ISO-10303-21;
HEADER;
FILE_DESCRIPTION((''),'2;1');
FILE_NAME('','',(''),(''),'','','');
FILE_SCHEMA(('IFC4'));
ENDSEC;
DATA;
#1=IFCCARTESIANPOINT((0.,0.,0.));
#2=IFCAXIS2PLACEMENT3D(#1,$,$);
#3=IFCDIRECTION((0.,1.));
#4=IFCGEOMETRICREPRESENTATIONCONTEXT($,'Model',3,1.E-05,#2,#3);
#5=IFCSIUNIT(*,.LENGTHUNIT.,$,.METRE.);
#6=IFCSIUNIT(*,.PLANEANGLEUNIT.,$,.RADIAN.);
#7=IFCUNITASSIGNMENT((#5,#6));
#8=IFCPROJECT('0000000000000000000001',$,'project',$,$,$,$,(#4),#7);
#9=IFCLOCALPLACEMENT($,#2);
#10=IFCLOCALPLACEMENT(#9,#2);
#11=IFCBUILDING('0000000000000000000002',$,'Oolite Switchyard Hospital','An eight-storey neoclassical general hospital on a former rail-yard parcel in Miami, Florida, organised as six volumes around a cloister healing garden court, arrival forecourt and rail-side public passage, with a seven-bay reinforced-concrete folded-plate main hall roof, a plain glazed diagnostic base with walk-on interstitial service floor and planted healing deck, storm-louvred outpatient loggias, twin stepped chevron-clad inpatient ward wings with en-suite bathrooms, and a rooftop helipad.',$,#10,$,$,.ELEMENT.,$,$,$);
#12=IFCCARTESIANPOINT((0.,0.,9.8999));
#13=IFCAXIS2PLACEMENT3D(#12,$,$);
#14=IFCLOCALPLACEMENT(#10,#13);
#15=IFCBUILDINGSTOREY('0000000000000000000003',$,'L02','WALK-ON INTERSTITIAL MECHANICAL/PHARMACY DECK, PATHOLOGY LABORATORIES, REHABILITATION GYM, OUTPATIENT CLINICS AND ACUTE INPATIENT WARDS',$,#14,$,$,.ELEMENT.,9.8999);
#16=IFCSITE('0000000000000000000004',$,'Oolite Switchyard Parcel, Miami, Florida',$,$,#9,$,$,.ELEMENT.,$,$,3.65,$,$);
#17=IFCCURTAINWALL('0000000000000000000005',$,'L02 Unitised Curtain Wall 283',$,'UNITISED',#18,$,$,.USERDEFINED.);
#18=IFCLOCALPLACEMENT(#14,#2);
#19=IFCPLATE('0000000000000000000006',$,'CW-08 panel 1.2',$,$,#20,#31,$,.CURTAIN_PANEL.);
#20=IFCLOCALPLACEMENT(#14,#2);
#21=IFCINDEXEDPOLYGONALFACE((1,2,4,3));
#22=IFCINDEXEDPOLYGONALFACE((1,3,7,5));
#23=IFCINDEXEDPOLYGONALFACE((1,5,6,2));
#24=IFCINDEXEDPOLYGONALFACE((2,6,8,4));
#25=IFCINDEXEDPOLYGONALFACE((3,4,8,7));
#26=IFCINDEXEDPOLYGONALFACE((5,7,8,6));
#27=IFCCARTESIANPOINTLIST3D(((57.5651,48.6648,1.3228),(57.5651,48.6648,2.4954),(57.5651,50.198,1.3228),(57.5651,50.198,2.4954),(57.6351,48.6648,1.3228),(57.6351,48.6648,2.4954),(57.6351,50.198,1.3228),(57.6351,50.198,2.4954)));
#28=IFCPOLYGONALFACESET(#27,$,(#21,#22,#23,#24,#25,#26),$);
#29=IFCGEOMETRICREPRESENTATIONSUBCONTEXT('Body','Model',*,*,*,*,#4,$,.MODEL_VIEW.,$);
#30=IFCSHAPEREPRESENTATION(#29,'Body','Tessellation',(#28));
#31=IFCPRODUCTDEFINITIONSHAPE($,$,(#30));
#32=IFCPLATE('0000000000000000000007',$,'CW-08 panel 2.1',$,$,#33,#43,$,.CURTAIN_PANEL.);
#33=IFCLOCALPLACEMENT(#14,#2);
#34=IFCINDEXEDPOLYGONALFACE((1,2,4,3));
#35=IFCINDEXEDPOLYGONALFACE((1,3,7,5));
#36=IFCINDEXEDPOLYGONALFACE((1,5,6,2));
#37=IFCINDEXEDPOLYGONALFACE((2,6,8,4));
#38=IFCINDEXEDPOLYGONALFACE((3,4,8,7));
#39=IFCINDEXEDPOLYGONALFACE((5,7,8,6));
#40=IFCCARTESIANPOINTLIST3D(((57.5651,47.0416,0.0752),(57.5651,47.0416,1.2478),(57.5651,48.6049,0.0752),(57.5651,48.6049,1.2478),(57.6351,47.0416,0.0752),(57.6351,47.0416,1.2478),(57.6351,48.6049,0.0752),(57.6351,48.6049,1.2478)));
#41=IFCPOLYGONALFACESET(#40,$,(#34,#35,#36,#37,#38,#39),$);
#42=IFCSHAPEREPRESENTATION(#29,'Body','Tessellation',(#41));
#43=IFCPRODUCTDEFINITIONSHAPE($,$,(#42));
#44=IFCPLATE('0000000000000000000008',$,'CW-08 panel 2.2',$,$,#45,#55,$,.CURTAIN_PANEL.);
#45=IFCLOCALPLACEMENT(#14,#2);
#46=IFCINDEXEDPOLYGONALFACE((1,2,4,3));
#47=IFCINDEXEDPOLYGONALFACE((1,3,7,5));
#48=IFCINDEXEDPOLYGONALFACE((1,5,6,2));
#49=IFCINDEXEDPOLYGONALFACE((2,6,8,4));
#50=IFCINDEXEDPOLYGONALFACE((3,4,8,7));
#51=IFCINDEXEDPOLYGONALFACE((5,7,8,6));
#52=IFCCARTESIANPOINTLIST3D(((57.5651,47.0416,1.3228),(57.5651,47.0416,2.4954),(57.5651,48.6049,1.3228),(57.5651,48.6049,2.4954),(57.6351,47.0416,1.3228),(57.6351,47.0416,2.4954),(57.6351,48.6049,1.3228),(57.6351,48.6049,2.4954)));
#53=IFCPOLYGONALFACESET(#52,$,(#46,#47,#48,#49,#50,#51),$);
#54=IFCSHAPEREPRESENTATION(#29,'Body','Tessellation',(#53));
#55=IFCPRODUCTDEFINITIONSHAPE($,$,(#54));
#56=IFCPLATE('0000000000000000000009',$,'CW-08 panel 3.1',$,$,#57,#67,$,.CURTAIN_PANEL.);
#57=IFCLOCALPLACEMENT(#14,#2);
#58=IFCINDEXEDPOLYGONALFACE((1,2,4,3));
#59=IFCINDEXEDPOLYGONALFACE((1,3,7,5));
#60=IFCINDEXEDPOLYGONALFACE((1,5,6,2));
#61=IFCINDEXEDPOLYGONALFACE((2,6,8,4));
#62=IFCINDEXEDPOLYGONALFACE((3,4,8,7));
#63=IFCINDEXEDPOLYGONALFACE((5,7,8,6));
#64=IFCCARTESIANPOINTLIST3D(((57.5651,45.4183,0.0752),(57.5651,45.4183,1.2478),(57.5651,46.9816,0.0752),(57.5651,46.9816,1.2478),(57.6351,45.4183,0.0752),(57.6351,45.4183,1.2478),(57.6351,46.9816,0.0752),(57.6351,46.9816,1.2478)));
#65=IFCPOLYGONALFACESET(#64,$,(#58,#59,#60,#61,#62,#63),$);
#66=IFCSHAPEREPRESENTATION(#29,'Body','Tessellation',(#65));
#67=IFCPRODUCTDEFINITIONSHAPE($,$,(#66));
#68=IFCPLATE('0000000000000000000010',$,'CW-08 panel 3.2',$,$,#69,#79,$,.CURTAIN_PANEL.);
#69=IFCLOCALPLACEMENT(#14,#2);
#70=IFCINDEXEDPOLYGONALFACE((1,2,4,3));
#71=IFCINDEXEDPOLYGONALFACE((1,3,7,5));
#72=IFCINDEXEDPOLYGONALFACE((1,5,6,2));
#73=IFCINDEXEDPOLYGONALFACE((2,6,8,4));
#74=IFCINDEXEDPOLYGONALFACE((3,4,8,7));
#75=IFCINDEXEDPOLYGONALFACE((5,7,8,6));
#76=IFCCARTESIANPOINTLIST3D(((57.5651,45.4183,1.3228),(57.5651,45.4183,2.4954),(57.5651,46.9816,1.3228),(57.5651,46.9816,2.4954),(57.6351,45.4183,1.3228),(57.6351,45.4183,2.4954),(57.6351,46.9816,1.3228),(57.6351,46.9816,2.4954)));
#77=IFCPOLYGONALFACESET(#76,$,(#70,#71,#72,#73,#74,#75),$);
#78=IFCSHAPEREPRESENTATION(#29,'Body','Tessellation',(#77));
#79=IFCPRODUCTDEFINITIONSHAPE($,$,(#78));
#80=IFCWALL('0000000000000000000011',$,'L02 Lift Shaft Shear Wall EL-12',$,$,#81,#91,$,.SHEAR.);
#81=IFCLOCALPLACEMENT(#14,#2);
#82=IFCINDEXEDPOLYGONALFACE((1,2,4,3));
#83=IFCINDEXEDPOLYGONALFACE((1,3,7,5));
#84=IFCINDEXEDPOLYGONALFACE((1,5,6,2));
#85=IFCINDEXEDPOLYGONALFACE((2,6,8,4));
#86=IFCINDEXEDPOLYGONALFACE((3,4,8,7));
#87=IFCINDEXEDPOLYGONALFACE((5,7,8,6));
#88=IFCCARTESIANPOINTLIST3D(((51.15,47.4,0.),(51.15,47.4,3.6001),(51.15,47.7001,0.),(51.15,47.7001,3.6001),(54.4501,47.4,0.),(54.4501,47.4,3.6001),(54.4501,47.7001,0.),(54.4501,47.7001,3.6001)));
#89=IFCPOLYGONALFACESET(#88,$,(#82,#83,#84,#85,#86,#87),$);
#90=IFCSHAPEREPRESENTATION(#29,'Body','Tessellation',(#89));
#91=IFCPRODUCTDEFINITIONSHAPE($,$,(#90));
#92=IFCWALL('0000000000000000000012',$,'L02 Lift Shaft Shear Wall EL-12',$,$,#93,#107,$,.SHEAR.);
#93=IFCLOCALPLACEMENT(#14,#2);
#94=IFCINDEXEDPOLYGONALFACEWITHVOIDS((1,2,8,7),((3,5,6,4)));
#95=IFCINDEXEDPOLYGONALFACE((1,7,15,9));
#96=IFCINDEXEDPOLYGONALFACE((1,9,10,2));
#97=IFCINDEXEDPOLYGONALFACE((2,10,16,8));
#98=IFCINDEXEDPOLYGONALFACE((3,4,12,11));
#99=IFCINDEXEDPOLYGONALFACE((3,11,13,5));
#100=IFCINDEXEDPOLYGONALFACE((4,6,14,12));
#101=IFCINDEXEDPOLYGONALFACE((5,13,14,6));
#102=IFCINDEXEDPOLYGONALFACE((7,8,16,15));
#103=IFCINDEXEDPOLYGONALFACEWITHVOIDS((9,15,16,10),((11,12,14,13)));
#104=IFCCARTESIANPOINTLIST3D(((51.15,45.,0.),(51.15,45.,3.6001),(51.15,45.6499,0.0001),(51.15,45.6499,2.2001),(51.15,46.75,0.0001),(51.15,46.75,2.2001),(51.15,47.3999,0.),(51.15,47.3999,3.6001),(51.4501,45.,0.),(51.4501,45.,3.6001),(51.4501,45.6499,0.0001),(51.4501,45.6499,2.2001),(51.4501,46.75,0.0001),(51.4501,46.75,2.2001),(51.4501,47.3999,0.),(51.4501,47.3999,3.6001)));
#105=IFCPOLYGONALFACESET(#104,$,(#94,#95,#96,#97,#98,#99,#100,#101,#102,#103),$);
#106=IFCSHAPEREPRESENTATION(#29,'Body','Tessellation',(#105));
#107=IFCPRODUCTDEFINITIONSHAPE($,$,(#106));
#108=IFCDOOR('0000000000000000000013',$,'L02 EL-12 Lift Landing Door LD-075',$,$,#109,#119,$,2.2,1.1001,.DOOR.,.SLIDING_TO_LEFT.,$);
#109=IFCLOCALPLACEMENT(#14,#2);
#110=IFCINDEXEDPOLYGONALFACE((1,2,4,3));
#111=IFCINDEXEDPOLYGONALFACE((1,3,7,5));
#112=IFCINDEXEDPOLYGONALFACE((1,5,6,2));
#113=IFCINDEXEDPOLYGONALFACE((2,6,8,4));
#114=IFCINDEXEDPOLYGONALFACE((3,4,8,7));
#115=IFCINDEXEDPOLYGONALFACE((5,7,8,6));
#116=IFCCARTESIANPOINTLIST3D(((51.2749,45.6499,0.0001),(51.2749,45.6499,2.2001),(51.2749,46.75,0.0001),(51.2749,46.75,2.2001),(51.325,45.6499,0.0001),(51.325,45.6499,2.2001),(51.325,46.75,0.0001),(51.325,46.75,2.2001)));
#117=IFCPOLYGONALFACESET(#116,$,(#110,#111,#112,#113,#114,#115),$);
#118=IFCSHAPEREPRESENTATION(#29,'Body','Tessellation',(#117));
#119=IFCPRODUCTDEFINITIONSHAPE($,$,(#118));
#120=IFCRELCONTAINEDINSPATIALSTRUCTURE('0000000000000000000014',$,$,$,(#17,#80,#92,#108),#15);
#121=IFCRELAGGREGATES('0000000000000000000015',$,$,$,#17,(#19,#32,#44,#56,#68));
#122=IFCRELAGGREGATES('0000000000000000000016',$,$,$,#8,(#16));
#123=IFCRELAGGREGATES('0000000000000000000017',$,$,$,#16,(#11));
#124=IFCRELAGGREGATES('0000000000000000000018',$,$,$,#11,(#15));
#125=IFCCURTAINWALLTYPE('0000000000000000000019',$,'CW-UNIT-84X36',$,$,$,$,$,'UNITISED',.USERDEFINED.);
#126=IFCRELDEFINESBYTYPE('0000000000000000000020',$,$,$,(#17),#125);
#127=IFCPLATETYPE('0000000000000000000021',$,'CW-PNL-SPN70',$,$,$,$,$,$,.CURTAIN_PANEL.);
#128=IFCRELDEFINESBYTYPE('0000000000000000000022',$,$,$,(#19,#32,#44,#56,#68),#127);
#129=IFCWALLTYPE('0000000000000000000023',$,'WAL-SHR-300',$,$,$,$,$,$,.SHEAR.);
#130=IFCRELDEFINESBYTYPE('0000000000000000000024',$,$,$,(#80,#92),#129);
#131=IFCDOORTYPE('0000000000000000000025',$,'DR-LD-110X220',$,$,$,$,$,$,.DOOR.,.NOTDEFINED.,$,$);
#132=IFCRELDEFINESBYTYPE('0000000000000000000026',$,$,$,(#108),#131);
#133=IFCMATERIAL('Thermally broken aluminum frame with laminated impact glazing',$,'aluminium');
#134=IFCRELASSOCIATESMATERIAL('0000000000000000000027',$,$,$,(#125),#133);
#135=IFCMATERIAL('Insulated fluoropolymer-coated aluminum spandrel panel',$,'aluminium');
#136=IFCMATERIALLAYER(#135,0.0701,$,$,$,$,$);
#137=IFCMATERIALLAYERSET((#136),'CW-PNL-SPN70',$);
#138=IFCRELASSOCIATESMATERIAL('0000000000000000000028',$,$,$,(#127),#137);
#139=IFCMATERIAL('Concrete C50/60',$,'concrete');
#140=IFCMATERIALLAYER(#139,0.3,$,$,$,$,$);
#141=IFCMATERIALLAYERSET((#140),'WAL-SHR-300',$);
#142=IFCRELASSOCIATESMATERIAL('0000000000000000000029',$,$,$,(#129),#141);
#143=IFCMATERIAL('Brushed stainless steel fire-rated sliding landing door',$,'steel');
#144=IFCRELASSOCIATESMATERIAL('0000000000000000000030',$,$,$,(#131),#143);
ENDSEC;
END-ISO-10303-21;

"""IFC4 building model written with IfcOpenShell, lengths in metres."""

from ifc_helpers import new_model, si_unit, direction, frame, frame_2d, origin, origin_2d, place, context, subcontext, project, spatial, rectangle, extrude, material, layer, layer_set, type_object, element, fill, aggregate, save


model = new_model("IFC4")

# Units and contexts
model_context = context("Model", 3, precision=1e-05, world=origin(), true_north=direction((0.0, 1.0)))
body_context = subcontext(model_context, "Body", "Model", "MODEL_VIEW")
ifc_project = project(units=[si_unit("LENGTHUNIT", "METRE"), si_unit("PLANEANGLEUNIT", "RADIAN")], contexts=[model_context])

# Site, building, storey
site_placement = place(None, origin())
site = spatial("IfcSite", under=ifc_project, at=site_placement, Name="Oolite Switchyard Parcel, Miami, Florida", CompositionType="ELEMENT", RefElevation=3.65)
building_placement = place(site_placement, origin())
building = spatial("IfcBuilding", under=site, at=building_placement, Name="Oolite Switchyard Hospital", Description="An eight-storey neoclassical general hospital on a former rail-yard parcel in Miami, Florida, organised as six volumes around a cloister healing garden court, arrival forecourt and rail-side public passage, with a seven-bay reinforced-concrete folded-plate main hall roof, a plain glazed diagnostic base with walk-on interstitial service floor and planted healing deck, storm-louvred outpatient loggias, twin stepped chevron-clad inpatient ward wings with en-suite bathrooms, and a rooftop helipad.", CompositionType="ELEMENT")
storey_placement = place(building_placement, frame((0.0, 0.0, 9.8999)))
storey = spatial("IfcBuildingStorey", under=building, at=storey_placement, Name="L02", Description="WALK-ON INTERSTITIAL MECHANICAL/PHARMACY DECK, PATHOLOGY LABORATORIES, REHABILITATION GYM, OUTPATIENT CLINICS AND ACUTE INPATIENT WARDS", CompositionType="ELEMENT", Elevation=9.8999)

# Shared definitions
ifc_material_1 = material(Name="Concrete C50/60", Category="concrete")

# Curtain wall, plates
ifc_material_2 = material(Name="Thermally broken aluminum frame with laminated impact glazing", Category="aluminium")
curtain_wall_type = type_object("IfcCurtainWallType", Name="CW-UNIT-84X36", ElementType="UNITISED", PredefinedType="USERDEFINED", material=ifc_material_2)
curtain_wall_placement = place(storey_placement, origin())
curtain_wall = element("IfcCurtainWall", 1, at=curtain_wall_placement, inside=storey, type_object=curtain_wall_type, Name="L02 Unitised Curtain Wall 283", ObjectType="UNITISED", PredefinedType="USERDEFINED")
ifc_material_3 = material(Name="Insulated fluoropolymer-coated aluminum spandrel panel", Category="aluminium")
ifc_layer_1 = layer(ifc_material_3, 0.0701)
ifc_layer_set_1 = layer_set([ifc_layer_1], Name="CW-PNL-SPN70")
plate_type = type_object("IfcPlateType", Name="CW-PNL-SPN70", PredefinedType="CURTAIN_PANEL", material=ifc_layer_set_1)
plate_1_placement = place(storey_placement, frame((57.6001, 49.4314, 1.3228), z_axis=(0.0, 0.0, 1.0), x_axis=(0.0, -1.0, 0.0)))
plate_1 = element("IfcPlate", 2, at=plate_1_placement, type_object=plate_type, Name="CW-08 panel 1.2", PredefinedType="CURTAIN_PANEL", context=body_context, shape_type="SweptSolid", body=[
    extrude(rectangle(XDim=1.5332, YDim=0.0701, at=origin_2d()), origin(), (0.0, 0.0, 1.0), 1.1726),
])
plate_2_placement = place(storey_placement, frame((57.6001, 47.8232, 0.0752), z_axis=(0.0, 0.0, 1.0), x_axis=(0.0, -1.0, 0.0)))
plate_2 = element("IfcPlate", 3, at=plate_2_placement, type_object=plate_type, Name="CW-08 panel 2.1", PredefinedType="CURTAIN_PANEL", context=body_context, shape_type="SweptSolid", body=[
    extrude(rectangle(XDim=1.5632, YDim=0.0701, at=origin_2d()), origin(), (0.0, 0.0, 1.0), 1.1726),
])
plate_3_placement = place(storey_placement, frame((57.6001, 47.8232, 1.3228), z_axis=(0.0, 0.0, 1.0), x_axis=(0.0, -1.0, 0.0)))
plate_3 = element("IfcPlate", 4, at=plate_3_placement, type_object=plate_type, Name="CW-08 panel 2.2", PredefinedType="CURTAIN_PANEL", context=body_context, shape_type="SweptSolid", body=[
    extrude(rectangle(XDim=1.5632, YDim=0.0701, at=origin_2d()), origin(), (0.0, 0.0, 1.0), 1.1726),
])
plate_4_placement = place(storey_placement, frame((57.6001, 46.2, 0.0752), z_axis=(0.0, 0.0, 1.0), x_axis=(0.0, -1.0, 0.0)))
plate_4 = element("IfcPlate", 5, at=plate_4_placement, type_object=plate_type, Name="CW-08 panel 3.1", PredefinedType="CURTAIN_PANEL", context=body_context, shape_type="SweptSolid", body=[
    extrude(rectangle(XDim=1.5632, YDim=0.0701, at=origin_2d()), origin(), (0.0, 0.0, 1.0), 1.1726),
])
plate_5_placement = place(storey_placement, frame((57.6001, 46.2, 1.3228), z_axis=(0.0, 0.0, 1.0), x_axis=(0.0, -1.0, 0.0)))
plate_5 = element("IfcPlate", 6, at=plate_5_placement, type_object=plate_type, Name="CW-08 panel 3.2", PredefinedType="CURTAIN_PANEL", context=body_context, shape_type="SweptSolid", body=[
    extrude(rectangle(XDim=1.5632, YDim=0.0701, at=origin_2d()), origin(), (0.0, 0.0, 1.0), 1.1726),
])
aggregate(curtain_wall, [plate_1, plate_2, plate_3, plate_4, plate_5])

# Wall
ifc_layer_2 = layer(ifc_material_1, 0.3)
ifc_layer_set_2 = layer_set([ifc_layer_2], Name="WAL-SHR-300")
wall_type = type_object("IfcWallType", Name="WAL-SHR-300", PredefinedType="SHEAR", material=ifc_layer_set_2)
wall_1_placement = place(storey_placement, frame((54.45, 47.55, 0.0), z_axis=(0.0, 0.0, 1.0), x_axis=(-1.0, 0.0, 0.0)))
element("IfcWall", 7, at=wall_1_placement, inside=storey, type_object=wall_type, Name="L02 Lift Shaft Shear Wall EL-12", PredefinedType="SHEAR", context=body_context, shape_type="SweptSolid", body=[
    extrude(rectangle(XDim=3.3, YDim=0.3, at=frame_2d((1.6499, 0.0))), origin(), (0.0, 0.0, 1.0), 3.6001),
])

# Wall, opening, door
wall_2_placement = place(storey_placement, frame((51.3, 47.3999, 0.0), z_axis=(0.0, 0.0, 1.0), x_axis=(0.0, -1.0, 0.0)))
wall_2 = element("IfcWall", 8, at=wall_2_placement, inside=storey, type_object=wall_type, Name="L02 Lift Shaft Shear Wall EL-12", PredefinedType="SHEAR", context=body_context, shape_type="SweptSolid", body=[
    extrude(rectangle(XDim=2.3999, YDim=0.3, at=frame_2d((1.2, 0.0))), origin(), (0.0, 0.0, 1.0), 3.6001),
])
opening_placement = place(wall_2_placement, frame((0.6499, 0.0, 0.0)))
opening = element("IfcOpeningElement", 9, at=opening_placement, cuts=wall_2, PredefinedType="OPENING", context=body_context, shape_type="SweptSolid", body=[
    extrude(rectangle(XDim=1.1001, YDim=2.2, at=frame_2d((0.55, 1.1001))), frame((0.0, 0.1602, 0.0), z_axis=(0.0, -1.0, 0.0), x_axis=(1.0, 0.0, 0.0)), (0.0, 0.0, 1.0), 0.3201),
])
ifc_material_4 = material(Name="Brushed stainless steel fire-rated sliding landing door", Category="steel")
door_type = type_object("IfcDoorType", Name="DR-LD-110X220", OperationType="NOTDEFINED", PredefinedType="DOOR", material=ifc_material_4)
door_placement = place(opening_placement, origin())
door = element("IfcDoor", 10, at=door_placement, inside=storey, type_object=door_type, Name="L02 EL-12 Lift Landing Door LD-075", OperationType="SLIDING_TO_LEFT", OverallHeight=2.2, OverallWidth=1.1001, PredefinedType="DOOR", context=body_context, shape_type="SweptSolid", body=[
    extrude(rectangle(XDim=1.1001, YDim=2.2, at=frame_2d((0.55, 1.1001))), frame((0.0, 0.0249, 0.0), z_axis=(0.0, -1.0, 0.0), x_axis=(1.0, 0.0, 0.0)), (0.0, 0.0, 1.0), 0.05),
])
fill(opening, door)

save(model, "model.ifc")
